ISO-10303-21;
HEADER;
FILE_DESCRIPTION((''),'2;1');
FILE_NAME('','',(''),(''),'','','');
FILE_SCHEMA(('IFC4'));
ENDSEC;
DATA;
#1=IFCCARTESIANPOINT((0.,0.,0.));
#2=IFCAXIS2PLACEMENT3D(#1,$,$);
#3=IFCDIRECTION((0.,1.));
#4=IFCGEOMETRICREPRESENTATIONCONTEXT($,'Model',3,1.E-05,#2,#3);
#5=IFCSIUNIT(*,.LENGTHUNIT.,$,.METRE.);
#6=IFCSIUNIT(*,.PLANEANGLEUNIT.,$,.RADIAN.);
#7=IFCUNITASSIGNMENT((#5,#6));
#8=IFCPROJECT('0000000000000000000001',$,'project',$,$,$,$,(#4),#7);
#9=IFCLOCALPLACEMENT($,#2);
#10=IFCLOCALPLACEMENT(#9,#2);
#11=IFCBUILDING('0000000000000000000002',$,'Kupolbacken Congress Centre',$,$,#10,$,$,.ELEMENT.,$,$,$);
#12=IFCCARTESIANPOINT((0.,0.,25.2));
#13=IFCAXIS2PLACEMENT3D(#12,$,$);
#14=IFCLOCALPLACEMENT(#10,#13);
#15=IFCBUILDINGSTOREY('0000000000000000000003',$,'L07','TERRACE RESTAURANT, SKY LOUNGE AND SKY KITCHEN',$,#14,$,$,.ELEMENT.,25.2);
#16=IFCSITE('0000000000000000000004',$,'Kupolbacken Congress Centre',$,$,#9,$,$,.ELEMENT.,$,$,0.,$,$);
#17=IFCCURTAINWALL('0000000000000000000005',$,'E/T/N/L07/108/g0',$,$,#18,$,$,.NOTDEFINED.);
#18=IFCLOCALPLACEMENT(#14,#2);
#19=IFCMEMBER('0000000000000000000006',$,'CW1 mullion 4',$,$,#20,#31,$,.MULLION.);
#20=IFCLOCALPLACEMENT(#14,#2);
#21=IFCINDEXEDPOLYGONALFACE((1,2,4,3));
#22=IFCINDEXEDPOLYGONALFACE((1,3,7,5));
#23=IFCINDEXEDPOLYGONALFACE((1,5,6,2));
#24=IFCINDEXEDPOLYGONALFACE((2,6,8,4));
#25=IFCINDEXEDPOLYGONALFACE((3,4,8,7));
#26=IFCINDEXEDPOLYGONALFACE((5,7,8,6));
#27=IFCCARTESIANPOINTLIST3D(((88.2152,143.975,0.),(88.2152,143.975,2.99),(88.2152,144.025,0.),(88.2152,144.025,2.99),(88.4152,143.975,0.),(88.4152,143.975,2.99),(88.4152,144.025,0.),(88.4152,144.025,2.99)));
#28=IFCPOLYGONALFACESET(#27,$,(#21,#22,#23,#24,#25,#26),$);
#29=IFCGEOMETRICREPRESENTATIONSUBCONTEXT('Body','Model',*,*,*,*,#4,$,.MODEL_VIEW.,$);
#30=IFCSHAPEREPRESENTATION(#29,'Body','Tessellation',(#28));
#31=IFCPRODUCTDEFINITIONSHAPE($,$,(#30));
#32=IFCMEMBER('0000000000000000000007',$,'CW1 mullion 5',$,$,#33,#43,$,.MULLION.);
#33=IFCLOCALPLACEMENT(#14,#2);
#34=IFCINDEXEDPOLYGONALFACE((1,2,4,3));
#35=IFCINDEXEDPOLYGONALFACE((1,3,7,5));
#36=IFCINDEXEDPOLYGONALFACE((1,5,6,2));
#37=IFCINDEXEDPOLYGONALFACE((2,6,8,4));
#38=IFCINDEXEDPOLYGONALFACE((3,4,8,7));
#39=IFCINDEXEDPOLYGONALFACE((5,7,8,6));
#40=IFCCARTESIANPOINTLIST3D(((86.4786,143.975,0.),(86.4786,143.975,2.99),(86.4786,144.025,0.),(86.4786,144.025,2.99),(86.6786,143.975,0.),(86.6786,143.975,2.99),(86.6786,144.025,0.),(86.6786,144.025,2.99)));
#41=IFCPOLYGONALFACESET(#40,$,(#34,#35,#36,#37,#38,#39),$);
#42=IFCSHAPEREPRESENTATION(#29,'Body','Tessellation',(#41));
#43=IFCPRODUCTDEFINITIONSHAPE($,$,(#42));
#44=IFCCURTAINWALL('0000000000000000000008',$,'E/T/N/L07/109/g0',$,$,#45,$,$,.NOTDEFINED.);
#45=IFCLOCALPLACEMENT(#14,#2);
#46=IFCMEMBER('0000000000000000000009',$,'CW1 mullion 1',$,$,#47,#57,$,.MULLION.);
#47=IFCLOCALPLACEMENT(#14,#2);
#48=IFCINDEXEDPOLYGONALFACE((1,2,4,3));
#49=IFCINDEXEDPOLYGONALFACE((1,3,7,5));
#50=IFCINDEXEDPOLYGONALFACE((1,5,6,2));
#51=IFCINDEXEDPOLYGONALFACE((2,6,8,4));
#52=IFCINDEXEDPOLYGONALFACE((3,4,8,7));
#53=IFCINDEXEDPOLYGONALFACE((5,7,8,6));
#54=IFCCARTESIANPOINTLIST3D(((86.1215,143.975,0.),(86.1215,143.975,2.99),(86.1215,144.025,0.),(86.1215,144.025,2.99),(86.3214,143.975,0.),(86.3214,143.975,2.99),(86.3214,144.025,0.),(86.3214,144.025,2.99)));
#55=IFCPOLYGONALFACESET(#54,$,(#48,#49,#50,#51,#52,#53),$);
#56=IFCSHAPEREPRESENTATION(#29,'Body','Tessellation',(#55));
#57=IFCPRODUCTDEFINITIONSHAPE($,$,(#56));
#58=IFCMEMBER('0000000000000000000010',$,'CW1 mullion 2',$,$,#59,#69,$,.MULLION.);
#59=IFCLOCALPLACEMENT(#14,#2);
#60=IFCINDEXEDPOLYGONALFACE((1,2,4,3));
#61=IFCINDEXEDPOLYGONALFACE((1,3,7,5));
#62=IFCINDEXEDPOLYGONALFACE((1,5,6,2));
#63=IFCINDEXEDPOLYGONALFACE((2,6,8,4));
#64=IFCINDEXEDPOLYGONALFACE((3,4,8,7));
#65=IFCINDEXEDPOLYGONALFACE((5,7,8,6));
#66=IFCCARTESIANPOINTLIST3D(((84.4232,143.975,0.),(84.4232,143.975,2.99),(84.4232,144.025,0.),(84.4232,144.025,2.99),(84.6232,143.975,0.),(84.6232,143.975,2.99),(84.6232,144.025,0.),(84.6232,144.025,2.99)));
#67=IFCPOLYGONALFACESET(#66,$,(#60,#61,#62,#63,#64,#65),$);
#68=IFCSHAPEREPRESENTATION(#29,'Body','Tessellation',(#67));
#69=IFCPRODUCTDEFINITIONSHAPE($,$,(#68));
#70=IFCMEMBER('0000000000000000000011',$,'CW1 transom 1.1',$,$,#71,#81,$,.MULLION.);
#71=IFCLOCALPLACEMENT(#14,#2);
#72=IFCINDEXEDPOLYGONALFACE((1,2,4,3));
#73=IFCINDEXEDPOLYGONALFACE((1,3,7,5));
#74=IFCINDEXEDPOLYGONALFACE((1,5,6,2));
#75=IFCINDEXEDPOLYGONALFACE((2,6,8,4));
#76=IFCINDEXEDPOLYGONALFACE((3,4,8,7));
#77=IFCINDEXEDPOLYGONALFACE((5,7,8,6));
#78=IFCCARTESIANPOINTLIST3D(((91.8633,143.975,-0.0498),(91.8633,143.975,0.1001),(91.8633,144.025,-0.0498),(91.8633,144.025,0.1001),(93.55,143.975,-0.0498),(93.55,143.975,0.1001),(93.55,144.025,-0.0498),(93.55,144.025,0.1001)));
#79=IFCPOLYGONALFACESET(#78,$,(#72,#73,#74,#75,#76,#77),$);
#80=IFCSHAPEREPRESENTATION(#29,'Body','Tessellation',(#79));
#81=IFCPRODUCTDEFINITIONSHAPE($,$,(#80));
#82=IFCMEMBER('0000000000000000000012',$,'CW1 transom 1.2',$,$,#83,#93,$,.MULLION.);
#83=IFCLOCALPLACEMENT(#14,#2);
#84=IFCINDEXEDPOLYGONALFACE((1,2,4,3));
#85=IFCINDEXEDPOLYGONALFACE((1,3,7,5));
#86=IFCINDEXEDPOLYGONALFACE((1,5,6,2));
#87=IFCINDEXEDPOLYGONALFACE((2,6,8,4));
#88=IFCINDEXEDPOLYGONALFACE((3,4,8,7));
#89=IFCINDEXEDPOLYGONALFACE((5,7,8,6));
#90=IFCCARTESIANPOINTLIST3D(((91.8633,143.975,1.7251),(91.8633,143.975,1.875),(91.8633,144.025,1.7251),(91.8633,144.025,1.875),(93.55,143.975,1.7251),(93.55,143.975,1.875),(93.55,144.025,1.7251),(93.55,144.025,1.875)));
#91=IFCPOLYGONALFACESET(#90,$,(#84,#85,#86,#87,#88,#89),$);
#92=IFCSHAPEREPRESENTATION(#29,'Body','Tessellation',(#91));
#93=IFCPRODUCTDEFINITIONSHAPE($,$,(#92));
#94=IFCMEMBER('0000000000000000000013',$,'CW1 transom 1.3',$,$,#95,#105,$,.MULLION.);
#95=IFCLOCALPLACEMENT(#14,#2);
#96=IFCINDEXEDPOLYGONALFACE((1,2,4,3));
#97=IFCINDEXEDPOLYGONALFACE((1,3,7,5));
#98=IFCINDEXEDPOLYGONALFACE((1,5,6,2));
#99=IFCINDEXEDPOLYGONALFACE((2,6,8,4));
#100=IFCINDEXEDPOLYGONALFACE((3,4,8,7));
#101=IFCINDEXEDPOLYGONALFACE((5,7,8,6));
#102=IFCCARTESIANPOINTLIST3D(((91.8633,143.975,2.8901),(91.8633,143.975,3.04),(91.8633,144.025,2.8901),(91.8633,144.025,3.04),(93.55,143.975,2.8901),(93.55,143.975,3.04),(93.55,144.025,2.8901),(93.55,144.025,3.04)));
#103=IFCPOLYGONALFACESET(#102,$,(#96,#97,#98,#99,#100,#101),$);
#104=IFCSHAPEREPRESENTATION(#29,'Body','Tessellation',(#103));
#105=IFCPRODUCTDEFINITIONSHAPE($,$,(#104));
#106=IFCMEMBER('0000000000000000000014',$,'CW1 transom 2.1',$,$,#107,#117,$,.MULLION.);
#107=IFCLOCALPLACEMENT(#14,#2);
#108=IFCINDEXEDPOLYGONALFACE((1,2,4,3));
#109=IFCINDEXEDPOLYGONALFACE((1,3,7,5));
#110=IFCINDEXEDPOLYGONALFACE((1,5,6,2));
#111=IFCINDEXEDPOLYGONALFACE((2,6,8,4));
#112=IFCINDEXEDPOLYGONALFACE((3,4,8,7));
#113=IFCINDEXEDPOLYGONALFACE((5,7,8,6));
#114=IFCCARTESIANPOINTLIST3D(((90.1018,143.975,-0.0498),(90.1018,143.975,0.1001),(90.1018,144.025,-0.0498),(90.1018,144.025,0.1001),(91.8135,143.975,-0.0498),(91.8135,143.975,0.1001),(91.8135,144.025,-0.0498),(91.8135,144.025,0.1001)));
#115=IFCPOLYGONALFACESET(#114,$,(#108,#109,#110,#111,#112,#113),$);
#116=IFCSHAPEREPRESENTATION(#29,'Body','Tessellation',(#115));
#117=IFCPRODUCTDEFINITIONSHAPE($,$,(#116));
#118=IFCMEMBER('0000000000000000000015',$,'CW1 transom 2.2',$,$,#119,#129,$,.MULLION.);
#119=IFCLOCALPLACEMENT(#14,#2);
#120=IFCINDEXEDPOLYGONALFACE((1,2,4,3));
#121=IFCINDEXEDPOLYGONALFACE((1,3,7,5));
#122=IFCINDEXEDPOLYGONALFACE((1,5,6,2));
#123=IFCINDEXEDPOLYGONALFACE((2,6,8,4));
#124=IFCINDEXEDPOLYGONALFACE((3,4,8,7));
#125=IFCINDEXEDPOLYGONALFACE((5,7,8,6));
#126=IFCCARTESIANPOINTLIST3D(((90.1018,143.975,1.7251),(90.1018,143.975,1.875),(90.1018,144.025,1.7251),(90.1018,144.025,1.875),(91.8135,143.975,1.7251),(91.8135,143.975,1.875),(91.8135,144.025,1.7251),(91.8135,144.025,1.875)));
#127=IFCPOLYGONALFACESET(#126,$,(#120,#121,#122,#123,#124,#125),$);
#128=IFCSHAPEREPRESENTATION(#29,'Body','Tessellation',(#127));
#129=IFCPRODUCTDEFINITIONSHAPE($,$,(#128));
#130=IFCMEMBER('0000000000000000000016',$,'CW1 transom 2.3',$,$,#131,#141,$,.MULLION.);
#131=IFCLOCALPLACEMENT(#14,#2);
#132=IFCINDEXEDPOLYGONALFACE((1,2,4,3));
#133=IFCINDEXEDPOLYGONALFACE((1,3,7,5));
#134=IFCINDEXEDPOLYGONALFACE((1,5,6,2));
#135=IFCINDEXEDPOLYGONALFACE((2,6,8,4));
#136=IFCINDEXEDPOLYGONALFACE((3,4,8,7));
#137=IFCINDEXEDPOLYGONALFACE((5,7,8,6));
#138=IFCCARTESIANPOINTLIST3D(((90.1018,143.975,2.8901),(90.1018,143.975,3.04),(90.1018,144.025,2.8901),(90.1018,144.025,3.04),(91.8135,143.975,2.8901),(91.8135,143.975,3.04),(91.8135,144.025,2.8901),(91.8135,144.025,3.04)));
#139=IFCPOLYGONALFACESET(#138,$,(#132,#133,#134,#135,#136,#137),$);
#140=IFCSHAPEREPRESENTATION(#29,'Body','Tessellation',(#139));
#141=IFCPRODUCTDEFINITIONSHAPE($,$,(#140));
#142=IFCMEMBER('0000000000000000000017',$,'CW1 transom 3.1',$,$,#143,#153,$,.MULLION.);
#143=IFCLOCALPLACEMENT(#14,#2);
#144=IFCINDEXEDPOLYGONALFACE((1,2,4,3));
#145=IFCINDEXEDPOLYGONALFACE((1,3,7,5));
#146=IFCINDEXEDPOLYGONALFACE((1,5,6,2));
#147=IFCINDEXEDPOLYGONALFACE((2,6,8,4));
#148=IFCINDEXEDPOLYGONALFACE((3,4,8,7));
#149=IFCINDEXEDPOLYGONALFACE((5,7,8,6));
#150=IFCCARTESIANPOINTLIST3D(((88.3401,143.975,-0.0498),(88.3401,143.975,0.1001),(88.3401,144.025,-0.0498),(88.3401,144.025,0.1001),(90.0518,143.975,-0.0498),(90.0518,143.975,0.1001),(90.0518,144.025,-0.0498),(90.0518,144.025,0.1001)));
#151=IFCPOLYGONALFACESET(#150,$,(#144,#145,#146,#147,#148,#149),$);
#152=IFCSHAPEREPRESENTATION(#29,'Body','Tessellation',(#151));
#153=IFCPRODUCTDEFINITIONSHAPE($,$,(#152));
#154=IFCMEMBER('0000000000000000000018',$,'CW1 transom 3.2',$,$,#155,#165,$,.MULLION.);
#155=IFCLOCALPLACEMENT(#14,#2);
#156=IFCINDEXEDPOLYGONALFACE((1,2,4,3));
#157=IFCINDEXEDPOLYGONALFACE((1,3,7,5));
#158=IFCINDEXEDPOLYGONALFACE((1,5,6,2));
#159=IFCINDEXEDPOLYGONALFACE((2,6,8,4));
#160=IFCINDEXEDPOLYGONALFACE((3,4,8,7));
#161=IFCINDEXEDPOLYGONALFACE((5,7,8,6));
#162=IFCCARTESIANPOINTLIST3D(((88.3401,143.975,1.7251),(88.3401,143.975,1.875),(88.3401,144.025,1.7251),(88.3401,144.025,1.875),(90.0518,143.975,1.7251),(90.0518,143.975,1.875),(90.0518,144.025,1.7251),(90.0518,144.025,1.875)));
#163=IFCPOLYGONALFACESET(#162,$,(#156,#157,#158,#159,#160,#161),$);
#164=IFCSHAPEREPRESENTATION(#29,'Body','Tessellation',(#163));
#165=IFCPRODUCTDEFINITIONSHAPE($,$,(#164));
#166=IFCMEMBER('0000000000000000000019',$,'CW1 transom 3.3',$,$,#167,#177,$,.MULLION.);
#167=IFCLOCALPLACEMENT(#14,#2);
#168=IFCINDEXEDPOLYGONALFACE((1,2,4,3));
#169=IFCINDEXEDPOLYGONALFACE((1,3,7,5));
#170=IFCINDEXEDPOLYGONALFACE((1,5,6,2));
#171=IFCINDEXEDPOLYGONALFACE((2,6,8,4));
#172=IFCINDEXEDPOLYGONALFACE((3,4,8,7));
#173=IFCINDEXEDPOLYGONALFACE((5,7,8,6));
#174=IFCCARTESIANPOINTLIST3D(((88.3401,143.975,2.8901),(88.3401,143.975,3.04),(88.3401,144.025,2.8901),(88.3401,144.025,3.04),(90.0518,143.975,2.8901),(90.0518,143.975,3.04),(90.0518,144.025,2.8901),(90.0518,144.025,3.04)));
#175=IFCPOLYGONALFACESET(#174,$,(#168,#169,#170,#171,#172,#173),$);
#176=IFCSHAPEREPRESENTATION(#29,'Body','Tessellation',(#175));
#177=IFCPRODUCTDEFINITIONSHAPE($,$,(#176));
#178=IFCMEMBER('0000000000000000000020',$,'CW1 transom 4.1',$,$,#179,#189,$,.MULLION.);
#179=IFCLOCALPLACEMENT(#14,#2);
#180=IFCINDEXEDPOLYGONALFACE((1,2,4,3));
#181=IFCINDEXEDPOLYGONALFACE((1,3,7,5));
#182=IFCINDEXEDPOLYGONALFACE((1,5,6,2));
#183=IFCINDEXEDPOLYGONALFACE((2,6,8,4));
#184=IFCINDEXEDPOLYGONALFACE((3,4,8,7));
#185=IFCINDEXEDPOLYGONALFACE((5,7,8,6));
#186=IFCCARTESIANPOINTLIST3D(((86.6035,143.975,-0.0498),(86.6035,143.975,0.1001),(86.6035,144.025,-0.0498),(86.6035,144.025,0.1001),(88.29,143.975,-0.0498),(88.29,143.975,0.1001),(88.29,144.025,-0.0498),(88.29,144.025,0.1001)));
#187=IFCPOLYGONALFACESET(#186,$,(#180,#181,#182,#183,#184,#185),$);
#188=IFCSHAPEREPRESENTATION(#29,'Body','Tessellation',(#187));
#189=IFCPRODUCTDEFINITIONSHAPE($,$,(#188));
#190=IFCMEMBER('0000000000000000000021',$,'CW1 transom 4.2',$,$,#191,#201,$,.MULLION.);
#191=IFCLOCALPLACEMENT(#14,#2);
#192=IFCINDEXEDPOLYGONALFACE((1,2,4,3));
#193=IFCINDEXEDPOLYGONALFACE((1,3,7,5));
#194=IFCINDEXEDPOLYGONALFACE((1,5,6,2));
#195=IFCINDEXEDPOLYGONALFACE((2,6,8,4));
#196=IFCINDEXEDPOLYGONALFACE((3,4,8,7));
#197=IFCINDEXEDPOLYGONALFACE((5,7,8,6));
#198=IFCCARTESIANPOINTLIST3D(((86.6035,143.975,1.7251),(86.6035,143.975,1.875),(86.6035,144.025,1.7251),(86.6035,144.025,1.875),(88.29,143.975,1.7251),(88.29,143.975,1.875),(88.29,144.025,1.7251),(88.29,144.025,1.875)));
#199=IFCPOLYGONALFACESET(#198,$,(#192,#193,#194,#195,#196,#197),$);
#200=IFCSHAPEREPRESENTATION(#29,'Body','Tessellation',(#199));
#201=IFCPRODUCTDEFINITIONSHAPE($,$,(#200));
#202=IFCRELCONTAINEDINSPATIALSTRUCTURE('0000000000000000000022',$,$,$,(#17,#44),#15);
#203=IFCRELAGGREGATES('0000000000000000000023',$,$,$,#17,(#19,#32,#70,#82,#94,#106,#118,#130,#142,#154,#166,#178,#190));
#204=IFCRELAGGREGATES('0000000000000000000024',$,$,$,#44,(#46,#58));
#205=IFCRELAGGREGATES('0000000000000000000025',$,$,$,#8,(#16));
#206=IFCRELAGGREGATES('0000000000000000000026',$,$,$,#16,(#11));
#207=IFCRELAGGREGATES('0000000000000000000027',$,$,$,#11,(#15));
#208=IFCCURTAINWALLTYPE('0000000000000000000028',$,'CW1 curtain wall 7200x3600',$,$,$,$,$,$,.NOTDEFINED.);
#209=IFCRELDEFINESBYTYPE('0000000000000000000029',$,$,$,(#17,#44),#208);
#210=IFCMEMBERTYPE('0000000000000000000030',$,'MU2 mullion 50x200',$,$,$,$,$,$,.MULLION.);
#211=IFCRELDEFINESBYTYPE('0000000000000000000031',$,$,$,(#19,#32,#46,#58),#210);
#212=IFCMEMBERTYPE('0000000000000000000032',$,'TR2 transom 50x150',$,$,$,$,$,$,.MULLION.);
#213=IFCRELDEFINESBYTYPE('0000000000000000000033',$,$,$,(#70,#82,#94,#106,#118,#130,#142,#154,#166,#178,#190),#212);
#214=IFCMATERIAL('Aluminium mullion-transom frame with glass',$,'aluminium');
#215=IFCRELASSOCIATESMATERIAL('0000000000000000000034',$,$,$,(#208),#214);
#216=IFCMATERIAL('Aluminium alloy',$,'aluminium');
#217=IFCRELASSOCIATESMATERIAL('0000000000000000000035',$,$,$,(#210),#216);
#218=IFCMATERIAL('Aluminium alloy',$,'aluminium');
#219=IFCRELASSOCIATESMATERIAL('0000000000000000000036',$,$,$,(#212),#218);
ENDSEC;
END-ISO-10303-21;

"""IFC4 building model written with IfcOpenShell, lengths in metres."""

from ifc_helpers import new_model, si_unit, direction, frame, origin, origin_2d, place, context, subcontext, project, spatial, rectangle, extrude, material, material_profile, profile_set, type_object, element, aggregate, save


model = new_model("IFC4")

# Units and contexts
model_context = context("Model", 3, precision=1e-05, world=origin(), true_north=direction((0.0, 1.0)))
body_context = subcontext(model_context, "Body", "Model", "MODEL_VIEW")
ifc_project = project(units=[si_unit("LENGTHUNIT", "METRE"), si_unit("PLANEANGLEUNIT", "RADIAN")], contexts=[model_context])

# Site, building, storey
site_placement = place(None, origin())
site = spatial("IfcSite", under=ifc_project, at=site_placement, Name="Kupolbacken Congress Centre", CompositionType="ELEMENT", RefElevation=0.0)
building_placement = place(site_placement, origin())
building = spatial("IfcBuilding", under=site, at=building_placement, Name="Kupolbacken Congress Centre", CompositionType="ELEMENT")
storey_placement = place(building_placement, frame((0.0, 0.0, 25.2)))
storey = spatial("IfcBuildingStorey", under=building, at=storey_placement, Name="L07", Description="TERRACE RESTAURANT, SKY LOUNGE AND SKY KITCHEN", CompositionType="ELEMENT", Elevation=25.2)

# Curtain walls, members
ifc_material_1 = material(Name="Aluminium mullion-transom frame with glass", Category="aluminium")
curtain_wall_type = type_object("IfcCurtainWallType", Name="CW1 curtain wall 7200x3600", PredefinedType="NOTDEFINED", material=ifc_material_1)
curtain_wall_1_placement = place(storey_placement, origin())
curtain_wall_1 = element("IfcCurtainWall", 1, at=curtain_wall_1_placement, inside=storey, type_object=curtain_wall_type, Name="E/T/N/L07/108/g0", PredefinedType="NOTDEFINED")
ifc_material_2 = material(Name="Aluminium alloy", Category="aluminium")
ifc_material_profile_1 = material_profile(ifc_material_2, rectangle(XDim=0.05, YDim=0.2, at=origin_2d()), Name="50 x 200")
ifc_profile_set_1 = profile_set([ifc_material_profile_1], Name="Aluminium alloy")
member_type_1 = type_object("IfcMemberType", Name="MU2 mullion 50x200", PredefinedType="MULLION", material=ifc_profile_set_1)
member_1_placement = place(storey_placement, frame((88.3152, 144.0, 0.0), z_axis=(0.0, 0.0, 1.0), x_axis=(0.0, -1.0, 0.0)))
member_1 = element("IfcMember", 2, at=member_1_placement, type_object=member_type_1, Name="CW1 mullion 4", PredefinedType="MULLION", context=body_context, shape_type="SweptSolid", body=[
    extrude(rectangle(XDim=0.05, YDim=0.2, at=origin_2d()), origin(), (0.0, 0.0, 1.0), 2.99),
])
member_2_placement = place(storey_placement, frame((86.5786, 144.0, 0.0), z_axis=(0.0, 0.0, 1.0), x_axis=(0.0, -1.0, 0.0)))
member_2 = element("IfcMember", 3, at=member_2_placement, type_object=member_type_1, Name="CW1 mullion 5", PredefinedType="MULLION", context=body_context, shape_type="SweptSolid", body=[
    extrude(rectangle(XDim=0.05, YDim=0.2, at=origin_2d()), origin(), (0.0, 0.0, 1.0), 2.99),
])
curtain_wall_2_placement = place(storey_placement, origin())
curtain_wall_2 = element("IfcCurtainWall", 4, at=curtain_wall_2_placement, inside=storey, type_object=curtain_wall_type, Name="E/T/N/L07/109/g0", PredefinedType="NOTDEFINED")
member_3_placement = place(storey_placement, frame((86.2214, 144.0, 0.0), z_axis=(0.0, 0.0, 1.0), x_axis=(0.0, -1.0, 0.0)))
member_3 = element("IfcMember", 5, at=member_3_placement, type_object=member_type_1, Name="CW1 mullion 1", PredefinedType="MULLION", context=body_context, shape_type="SweptSolid", body=[
    extrude(rectangle(XDim=0.05, YDim=0.2, at=origin_2d()), origin(), (0.0, 0.0, 1.0), 2.99),
])
member_4_placement = place(storey_placement, frame((84.5232, 144.0, 0.0), z_axis=(0.0, 0.0, 1.0), x_axis=(0.0, -1.0, 0.0)))
member_4 = element("IfcMember", 6, at=member_4_placement, type_object=member_type_1, Name="CW1 mullion 2", PredefinedType="MULLION", context=body_context, shape_type="SweptSolid", body=[
    extrude(rectangle(XDim=0.05, YDim=0.2, at=origin_2d()), origin(), (0.0, 0.0, 1.0), 2.99),
])

# Members
ifc_material_3 = material(Name="Aluminium alloy", Category="aluminium")
ifc_material_profile_2 = material_profile(ifc_material_3, rectangle(XDim=0.05, YDim=0.1499, at=origin_2d()), Name="50 x 150")
ifc_profile_set_2 = profile_set([ifc_material_profile_2], Name="Aluminium alloy")
member_type_2 = type_object("IfcMemberType", Name="TR2 transom 50x150", PredefinedType="MULLION", material=ifc_profile_set_2)
member_5_placement = place(storey_placement, frame((93.55, 144.0, 0.0251), z_axis=(-1.0, 0.0, 0.0), x_axis=(0.0, -1.0, 0.0)))
member_5 = element("IfcMember", 7, at=member_5_placement, type_object=member_type_2, Name="CW1 transom 1.1", PredefinedType="MULLION", context=body_context, shape_type="SweptSolid", body=[
    extrude(rectangle(XDim=0.05, YDim=0.1499, at=origin_2d()), origin(), (0.0, 0.0, 1.0), 1.6868),
])
member_6_placement = place(storey_placement, frame((93.55, 144.0, 1.8), z_axis=(-1.0, 0.0, 0.0), x_axis=(0.0, -1.0, 0.0)))
member_6 = element("IfcMember", 8, at=member_6_placement, type_object=member_type_2, Name="CW1 transom 1.2", PredefinedType="MULLION", context=body_context, shape_type="SweptSolid", body=[
    extrude(rectangle(XDim=0.05, YDim=0.1499, at=origin_2d()), origin(), (0.0, 0.0, 1.0), 1.6868),
])
member_7_placement = place(storey_placement, frame((93.55, 144.0, 2.9651), z_axis=(-1.0, 0.0, 0.0), x_axis=(0.0, -1.0, 0.0)))
member_7 = element("IfcMember", 9, at=member_7_placement, type_object=member_type_2, Name="CW1 transom 1.3", PredefinedType="MULLION", context=body_context, shape_type="SweptSolid", body=[
    extrude(rectangle(XDim=0.05, YDim=0.1499, at=origin_2d()), origin(), (0.0, 0.0, 1.0), 1.6868),
])
member_8_placement = place(storey_placement, frame((91.8135, 144.0, 0.0251), z_axis=(-1.0, 0.0, 0.0), x_axis=(0.0, -1.0, 0.0)))
member_8 = element("IfcMember", 10, at=member_8_placement, type_object=member_type_2, Name="CW1 transom 2.1", PredefinedType="MULLION", context=body_context, shape_type="SweptSolid", body=[
    extrude(rectangle(XDim=0.05, YDim=0.1499, at=origin_2d()), origin(), (0.0, 0.0, 1.0), 1.7117),
])
member_9_placement = place(storey_placement, frame((91.8135, 144.0, 1.8), z_axis=(-1.0, 0.0, 0.0), x_axis=(0.0, -1.0, 0.0)))
member_9 = element("IfcMember", 11, at=member_9_placement, type_object=member_type_2, Name="CW1 transom 2.2", PredefinedType="MULLION", context=body_context, shape_type="SweptSolid", body=[
    extrude(rectangle(XDim=0.05, YDim=0.1499, at=origin_2d()), origin(), (0.0, 0.0, 1.0), 1.7117),
])
member_10_placement = place(storey_placement, frame((91.8135, 144.0, 2.9651), z_axis=(-1.0, 0.0, 0.0), x_axis=(0.0, -1.0, 0.0)))
member_10 = element("IfcMember", 12, at=member_10_placement, type_object=member_type_2, Name="CW1 transom 2.3", PredefinedType="MULLION", context=body_context, shape_type="SweptSolid", body=[
    extrude(rectangle(XDim=0.05, YDim=0.1499, at=origin_2d()), origin(), (0.0, 0.0, 1.0), 1.7117),
])
member_11_placement = place(storey_placement, frame((90.0518, 144.0, 0.0251), z_axis=(-1.0, 0.0, 0.0), x_axis=(0.0, -1.0, 0.0)))
member_11 = element("IfcMember", 13, at=member_11_placement, type_object=member_type_2, Name="CW1 transom 3.1", PredefinedType="MULLION", context=body_context, shape_type="SweptSolid", body=[
    extrude(rectangle(XDim=0.05, YDim=0.1499, at=origin_2d()), origin(), (0.0, 0.0, 1.0), 1.7117),
])
member_12_placement = place(storey_placement, frame((90.0518, 144.0, 1.8), z_axis=(-1.0, 0.0, 0.0), x_axis=(0.0, -1.0, 0.0)))
member_12 = element("IfcMember", 14, at=member_12_placement, type_object=member_type_2, Name="CW1 transom 3.2", PredefinedType="MULLION", context=body_context, shape_type="SweptSolid", body=[
    extrude(rectangle(XDim=0.05, YDim=0.1499, at=origin_2d()), origin(), (0.0, 0.0, 1.0), 1.7117),
])
member_13_placement = place(storey_placement, frame((90.0518, 144.0, 2.9651), z_axis=(-1.0, 0.0, 0.0), x_axis=(0.0, -1.0, 0.0)))
member_13 = element("IfcMember", 15, at=member_13_placement, type_object=member_type_2, Name="CW1 transom 3.3", PredefinedType="MULLION", context=body_context, shape_type="SweptSolid", body=[
    extrude(rectangle(XDim=0.05, YDim=0.1499, at=origin_2d()), origin(), (0.0, 0.0, 1.0), 1.7117),
])
member_14_placement = place(storey_placement, frame((88.29, 144.0, 0.0251), z_axis=(-1.0, 0.0, 0.0), x_axis=(0.0, -1.0, 0.0)))
member_14 = element("IfcMember", 16, at=member_14_placement, type_object=member_type_2, Name="CW1 transom 4.1", PredefinedType="MULLION", context=body_context, shape_type="SweptSolid", body=[
    extrude(rectangle(XDim=0.05, YDim=0.1499, at=origin_2d()), origin(), (0.0, 0.0, 1.0), 1.6865),
])
member_15_placement = place(storey_placement, frame((88.29, 144.0, 1.8), z_axis=(-1.0, 0.0, 0.0), x_axis=(0.0, -1.0, 0.0)))
member_15 = element("IfcMember", 17, at=member_15_placement, type_object=member_type_2, Name="CW1 transom 4.2", PredefinedType="MULLION", context=body_context, shape_type="SweptSolid", body=[
    extrude(rectangle(XDim=0.05, YDim=0.1499, at=origin_2d()), origin(), (0.0, 0.0, 1.0), 1.6865),
])

aggregate(curtain_wall_1, [member_1, member_2, member_5, member_6, member_7, member_8, member_9, member_10, member_11, member_12, member_13, member_14, member_15])
aggregate(curtain_wall_2, [member_3, member_4])

save(model, "model.ifc")
